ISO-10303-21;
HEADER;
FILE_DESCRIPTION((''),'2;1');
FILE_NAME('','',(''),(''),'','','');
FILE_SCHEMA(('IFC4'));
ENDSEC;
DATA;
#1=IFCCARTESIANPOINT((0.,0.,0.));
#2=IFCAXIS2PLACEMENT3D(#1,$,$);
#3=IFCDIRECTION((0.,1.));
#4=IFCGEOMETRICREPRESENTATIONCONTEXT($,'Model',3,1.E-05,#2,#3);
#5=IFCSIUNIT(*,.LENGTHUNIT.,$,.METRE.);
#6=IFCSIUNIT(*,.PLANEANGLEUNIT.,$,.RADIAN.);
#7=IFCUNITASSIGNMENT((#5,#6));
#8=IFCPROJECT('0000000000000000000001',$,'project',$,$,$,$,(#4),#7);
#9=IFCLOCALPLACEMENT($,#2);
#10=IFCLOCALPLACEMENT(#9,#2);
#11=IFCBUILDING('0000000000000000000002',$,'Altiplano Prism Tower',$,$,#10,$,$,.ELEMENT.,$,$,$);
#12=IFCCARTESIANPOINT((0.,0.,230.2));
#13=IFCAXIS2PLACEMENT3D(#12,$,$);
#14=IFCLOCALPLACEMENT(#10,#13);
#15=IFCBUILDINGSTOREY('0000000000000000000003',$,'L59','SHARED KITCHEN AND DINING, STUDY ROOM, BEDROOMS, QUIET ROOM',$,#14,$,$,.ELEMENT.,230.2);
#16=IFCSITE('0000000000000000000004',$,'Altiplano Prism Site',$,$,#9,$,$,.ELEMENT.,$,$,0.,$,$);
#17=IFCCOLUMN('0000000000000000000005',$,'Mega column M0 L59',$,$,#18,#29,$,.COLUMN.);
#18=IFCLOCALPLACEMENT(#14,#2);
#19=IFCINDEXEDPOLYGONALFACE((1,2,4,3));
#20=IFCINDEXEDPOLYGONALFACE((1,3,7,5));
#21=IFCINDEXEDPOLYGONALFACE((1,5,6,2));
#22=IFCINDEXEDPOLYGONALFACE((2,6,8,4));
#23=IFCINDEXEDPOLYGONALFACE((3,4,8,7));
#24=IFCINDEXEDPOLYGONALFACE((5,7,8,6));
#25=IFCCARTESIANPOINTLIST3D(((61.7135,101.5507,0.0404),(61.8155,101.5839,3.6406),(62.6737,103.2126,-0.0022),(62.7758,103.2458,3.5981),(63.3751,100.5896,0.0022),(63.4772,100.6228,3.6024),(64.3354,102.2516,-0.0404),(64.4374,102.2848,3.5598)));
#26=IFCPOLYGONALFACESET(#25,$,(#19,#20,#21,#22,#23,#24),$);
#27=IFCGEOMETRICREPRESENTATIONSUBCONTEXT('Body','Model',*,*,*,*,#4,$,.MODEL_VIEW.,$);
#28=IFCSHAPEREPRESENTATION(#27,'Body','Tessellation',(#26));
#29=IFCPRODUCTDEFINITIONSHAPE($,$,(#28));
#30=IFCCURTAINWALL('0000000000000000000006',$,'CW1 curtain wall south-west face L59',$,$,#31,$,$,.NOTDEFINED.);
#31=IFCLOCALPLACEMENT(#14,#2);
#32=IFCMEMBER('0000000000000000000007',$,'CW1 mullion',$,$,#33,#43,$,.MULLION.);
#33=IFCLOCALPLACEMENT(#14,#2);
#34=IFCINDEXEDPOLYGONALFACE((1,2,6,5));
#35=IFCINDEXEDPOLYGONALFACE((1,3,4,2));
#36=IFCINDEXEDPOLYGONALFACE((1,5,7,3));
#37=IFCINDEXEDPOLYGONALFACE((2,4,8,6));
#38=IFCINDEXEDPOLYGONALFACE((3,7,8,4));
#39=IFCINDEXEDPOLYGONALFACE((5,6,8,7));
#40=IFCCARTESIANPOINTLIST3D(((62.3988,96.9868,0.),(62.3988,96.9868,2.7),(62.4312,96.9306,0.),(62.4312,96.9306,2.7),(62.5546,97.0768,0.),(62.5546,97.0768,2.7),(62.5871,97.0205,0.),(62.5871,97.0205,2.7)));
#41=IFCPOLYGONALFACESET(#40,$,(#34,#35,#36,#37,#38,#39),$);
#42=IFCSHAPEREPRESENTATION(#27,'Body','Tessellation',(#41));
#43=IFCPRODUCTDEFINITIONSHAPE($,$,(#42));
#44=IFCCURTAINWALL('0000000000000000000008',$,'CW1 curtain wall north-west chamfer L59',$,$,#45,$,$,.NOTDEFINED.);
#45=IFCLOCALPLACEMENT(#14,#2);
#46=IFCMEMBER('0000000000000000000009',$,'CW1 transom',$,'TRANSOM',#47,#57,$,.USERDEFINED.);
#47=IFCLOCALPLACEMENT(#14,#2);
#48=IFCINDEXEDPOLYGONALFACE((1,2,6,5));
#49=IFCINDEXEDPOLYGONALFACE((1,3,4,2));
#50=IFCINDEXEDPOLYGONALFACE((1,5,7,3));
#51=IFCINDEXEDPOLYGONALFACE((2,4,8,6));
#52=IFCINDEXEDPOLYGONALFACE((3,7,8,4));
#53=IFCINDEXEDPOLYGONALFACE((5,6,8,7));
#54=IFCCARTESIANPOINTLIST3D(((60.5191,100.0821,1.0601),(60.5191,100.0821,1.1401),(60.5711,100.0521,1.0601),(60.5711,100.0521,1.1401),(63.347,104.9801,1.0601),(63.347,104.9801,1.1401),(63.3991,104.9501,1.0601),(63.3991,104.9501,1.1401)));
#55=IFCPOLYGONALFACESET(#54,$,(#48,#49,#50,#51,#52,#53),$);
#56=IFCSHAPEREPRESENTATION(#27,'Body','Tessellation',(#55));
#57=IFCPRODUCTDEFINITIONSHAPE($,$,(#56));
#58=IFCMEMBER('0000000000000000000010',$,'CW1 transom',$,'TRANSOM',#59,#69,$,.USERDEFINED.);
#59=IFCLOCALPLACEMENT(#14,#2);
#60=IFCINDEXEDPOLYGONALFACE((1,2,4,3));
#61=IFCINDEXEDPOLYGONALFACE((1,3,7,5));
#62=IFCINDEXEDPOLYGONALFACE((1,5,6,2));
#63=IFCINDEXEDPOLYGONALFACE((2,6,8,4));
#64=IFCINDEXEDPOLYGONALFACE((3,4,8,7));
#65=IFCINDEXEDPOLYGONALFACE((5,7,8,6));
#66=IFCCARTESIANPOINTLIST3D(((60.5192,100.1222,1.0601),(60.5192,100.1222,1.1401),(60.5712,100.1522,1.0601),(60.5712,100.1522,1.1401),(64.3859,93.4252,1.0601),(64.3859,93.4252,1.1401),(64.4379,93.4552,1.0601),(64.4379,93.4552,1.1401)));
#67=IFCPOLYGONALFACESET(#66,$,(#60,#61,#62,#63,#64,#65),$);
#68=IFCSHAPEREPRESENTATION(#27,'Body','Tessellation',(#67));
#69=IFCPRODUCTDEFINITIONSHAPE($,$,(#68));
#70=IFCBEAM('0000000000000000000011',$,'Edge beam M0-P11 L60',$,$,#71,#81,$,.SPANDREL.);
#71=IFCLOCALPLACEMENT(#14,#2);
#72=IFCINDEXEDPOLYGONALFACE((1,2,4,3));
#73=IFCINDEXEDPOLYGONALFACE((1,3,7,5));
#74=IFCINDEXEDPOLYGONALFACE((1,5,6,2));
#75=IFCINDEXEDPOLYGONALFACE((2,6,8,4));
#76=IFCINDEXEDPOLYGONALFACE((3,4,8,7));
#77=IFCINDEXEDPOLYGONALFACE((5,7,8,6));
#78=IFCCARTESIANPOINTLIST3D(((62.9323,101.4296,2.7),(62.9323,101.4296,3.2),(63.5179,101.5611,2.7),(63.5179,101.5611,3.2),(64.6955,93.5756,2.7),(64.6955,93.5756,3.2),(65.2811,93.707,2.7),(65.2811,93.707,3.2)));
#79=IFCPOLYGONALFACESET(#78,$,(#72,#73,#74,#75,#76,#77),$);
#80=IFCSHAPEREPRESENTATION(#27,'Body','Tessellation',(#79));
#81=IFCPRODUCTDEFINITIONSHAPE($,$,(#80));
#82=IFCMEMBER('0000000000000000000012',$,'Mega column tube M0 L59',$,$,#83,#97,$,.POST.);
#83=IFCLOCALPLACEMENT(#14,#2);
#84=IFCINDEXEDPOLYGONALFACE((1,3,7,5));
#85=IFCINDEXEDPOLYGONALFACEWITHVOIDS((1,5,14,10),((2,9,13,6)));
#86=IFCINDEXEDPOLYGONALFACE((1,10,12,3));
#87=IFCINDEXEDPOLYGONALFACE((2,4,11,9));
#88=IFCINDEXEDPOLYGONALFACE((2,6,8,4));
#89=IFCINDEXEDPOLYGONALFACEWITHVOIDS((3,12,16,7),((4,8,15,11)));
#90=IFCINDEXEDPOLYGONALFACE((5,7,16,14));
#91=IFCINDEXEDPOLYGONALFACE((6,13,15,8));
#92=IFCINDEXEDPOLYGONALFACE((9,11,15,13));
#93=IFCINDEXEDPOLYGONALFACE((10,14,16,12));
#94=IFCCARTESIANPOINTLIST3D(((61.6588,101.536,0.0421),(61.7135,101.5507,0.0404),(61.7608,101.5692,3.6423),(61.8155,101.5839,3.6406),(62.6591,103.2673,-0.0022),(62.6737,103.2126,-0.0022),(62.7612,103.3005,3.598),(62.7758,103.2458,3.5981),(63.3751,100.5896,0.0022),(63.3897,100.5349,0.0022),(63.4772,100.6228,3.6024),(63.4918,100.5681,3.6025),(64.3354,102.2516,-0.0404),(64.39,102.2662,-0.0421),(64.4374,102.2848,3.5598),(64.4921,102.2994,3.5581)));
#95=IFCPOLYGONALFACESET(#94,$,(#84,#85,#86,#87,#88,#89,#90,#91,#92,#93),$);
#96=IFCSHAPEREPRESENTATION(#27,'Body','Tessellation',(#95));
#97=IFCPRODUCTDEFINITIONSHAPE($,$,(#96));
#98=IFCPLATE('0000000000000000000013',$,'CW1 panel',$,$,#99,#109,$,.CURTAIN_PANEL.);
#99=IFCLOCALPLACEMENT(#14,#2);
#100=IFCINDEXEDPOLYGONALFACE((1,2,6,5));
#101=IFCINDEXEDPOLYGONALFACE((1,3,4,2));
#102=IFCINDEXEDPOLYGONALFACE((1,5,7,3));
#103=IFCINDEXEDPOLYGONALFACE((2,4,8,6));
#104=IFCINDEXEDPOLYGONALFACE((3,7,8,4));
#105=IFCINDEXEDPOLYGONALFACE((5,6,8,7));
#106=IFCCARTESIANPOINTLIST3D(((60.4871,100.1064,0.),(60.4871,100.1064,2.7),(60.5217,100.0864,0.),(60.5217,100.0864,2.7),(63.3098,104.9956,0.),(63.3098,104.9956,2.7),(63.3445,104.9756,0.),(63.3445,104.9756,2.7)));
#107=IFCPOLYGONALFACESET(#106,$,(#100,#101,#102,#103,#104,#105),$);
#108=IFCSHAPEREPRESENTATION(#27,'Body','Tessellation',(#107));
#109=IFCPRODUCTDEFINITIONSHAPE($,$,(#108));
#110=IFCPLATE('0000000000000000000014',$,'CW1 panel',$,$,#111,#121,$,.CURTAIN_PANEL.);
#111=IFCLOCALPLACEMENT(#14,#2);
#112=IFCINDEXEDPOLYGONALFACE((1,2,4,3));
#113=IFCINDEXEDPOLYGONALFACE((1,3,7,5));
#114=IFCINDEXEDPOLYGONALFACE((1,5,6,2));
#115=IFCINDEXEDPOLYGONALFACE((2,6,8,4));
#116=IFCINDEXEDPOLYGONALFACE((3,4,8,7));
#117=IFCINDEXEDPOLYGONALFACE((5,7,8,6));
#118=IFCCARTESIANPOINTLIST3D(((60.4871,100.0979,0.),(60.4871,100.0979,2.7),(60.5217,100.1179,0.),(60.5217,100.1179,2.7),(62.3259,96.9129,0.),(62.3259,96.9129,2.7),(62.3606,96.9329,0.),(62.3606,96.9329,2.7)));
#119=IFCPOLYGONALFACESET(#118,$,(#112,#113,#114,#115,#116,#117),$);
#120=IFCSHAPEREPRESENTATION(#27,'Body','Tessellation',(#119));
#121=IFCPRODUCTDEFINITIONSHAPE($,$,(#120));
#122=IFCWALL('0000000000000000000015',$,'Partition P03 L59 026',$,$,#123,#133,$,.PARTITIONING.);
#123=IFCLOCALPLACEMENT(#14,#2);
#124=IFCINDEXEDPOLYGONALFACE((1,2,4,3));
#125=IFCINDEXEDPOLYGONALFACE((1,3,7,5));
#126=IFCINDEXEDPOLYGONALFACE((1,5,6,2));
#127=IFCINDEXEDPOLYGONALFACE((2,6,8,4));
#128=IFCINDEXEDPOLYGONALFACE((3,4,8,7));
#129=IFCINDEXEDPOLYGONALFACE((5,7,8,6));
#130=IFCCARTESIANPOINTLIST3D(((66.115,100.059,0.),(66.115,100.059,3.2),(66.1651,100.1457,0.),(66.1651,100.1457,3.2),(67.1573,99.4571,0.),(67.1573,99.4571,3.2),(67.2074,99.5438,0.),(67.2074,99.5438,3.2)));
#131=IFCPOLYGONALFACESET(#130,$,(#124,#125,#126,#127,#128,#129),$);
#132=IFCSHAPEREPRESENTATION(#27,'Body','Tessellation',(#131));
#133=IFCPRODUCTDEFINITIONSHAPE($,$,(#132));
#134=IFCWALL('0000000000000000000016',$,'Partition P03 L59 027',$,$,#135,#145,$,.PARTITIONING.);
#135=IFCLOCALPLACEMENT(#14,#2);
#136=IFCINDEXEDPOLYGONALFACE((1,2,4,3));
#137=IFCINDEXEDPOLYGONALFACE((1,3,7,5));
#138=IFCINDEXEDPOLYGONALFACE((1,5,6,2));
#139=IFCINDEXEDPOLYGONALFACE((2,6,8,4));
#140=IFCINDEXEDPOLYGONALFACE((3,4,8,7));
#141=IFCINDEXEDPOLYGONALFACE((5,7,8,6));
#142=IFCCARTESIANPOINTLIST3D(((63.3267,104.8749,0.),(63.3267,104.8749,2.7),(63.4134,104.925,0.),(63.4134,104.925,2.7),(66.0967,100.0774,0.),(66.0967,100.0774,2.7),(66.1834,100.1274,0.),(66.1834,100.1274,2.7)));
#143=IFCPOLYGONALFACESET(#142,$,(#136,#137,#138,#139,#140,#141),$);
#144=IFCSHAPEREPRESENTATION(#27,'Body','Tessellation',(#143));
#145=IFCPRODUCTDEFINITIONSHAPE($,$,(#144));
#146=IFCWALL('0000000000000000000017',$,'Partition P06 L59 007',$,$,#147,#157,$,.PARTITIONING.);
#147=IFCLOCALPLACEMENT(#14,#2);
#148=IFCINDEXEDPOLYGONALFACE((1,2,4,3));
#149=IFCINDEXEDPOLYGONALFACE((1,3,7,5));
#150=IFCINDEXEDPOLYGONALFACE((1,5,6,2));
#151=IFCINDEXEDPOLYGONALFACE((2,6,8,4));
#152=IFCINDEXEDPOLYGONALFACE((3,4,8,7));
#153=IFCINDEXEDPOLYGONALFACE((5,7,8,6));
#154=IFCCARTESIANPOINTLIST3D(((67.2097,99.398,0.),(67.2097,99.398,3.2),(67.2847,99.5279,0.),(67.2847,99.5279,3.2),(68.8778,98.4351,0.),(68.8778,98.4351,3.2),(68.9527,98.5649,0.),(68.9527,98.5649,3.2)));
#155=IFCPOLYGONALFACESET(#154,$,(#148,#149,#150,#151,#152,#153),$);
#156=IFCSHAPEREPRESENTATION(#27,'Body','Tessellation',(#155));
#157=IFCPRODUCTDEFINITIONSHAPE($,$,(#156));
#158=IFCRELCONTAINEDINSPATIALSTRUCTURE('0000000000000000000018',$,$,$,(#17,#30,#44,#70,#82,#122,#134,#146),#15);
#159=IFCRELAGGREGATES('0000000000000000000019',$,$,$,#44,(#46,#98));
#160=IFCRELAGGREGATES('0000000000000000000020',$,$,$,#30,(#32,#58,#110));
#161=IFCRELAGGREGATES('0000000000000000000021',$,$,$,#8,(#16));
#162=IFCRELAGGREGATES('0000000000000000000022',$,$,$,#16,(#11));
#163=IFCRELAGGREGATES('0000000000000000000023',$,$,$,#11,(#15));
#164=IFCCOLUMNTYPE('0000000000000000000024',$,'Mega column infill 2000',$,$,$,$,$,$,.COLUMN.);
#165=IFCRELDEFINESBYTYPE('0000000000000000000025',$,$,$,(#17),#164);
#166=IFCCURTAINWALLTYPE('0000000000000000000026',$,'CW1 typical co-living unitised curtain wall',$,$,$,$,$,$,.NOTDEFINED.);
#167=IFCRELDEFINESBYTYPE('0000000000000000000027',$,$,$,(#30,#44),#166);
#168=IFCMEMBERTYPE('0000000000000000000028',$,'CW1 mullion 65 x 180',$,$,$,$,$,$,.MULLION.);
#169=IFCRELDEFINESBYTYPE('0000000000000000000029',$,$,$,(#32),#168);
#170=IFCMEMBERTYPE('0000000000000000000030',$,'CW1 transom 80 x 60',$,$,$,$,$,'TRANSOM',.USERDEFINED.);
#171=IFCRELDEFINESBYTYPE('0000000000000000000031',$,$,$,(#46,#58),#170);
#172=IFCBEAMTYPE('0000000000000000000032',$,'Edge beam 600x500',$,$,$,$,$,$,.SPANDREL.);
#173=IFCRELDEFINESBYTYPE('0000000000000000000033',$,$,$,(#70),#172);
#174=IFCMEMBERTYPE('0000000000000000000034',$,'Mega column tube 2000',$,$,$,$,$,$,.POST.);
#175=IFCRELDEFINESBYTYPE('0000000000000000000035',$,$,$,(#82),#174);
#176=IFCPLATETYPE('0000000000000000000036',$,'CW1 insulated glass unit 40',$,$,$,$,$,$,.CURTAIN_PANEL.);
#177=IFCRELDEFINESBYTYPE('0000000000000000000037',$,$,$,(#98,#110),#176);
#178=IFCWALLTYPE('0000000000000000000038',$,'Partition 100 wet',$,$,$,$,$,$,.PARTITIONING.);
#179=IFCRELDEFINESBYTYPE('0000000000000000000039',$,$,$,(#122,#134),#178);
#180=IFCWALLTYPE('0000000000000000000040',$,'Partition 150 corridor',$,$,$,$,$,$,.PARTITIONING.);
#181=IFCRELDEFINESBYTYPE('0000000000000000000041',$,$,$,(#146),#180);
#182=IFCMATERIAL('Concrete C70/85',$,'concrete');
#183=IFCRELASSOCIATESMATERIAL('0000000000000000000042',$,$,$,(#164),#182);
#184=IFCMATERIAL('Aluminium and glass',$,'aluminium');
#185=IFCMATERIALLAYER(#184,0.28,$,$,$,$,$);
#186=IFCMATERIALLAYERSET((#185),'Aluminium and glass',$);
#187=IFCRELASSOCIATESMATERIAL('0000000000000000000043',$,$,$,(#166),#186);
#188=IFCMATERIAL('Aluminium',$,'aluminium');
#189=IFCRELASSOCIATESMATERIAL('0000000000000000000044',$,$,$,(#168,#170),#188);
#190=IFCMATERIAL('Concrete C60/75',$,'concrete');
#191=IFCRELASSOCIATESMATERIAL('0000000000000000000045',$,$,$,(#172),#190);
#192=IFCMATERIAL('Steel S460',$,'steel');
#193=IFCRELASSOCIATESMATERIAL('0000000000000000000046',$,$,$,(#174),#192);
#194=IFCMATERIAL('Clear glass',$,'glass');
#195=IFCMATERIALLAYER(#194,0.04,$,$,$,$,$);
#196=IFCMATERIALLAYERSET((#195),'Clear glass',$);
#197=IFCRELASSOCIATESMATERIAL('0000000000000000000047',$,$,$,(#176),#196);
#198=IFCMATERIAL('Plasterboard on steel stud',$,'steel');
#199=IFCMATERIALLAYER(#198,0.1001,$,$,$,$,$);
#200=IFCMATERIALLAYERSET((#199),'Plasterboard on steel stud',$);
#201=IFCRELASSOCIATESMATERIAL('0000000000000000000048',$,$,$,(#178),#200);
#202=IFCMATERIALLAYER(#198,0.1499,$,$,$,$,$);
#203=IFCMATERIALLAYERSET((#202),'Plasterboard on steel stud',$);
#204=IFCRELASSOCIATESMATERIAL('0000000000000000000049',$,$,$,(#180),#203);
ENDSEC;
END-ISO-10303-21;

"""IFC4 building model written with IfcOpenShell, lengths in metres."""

from ifc_helpers import new_model, si_unit, direction, frame, frame_2d, origin, origin_2d, place, context, subcontext, project, spatial, rectangle, hollow_rectangle, extrude, material, layer, layer_set, material_profile, profile_set, type_object, element, aggregate, save


model = new_model("IFC4")

# Units and contexts
model_context = context("Model", 3, precision=1e-05, world=origin(), true_north=direction((0.0, 1.0)))
body_context = subcontext(model_context, "Body", "Model", "MODEL_VIEW")
ifc_project = project(units=[si_unit("LENGTHUNIT", "METRE"), si_unit("PLANEANGLEUNIT", "RADIAN")], contexts=[model_context])

# Site, building, storey
site_placement = place(None, origin())
site = spatial("IfcSite", under=ifc_project, at=site_placement, Name="Altiplano Prism Site", CompositionType="ELEMENT", RefElevation=0.0)
building_placement = place(site_placement, origin())
building = spatial("IfcBuilding", under=site, at=building_placement, Name="Altiplano Prism Tower", CompositionType="ELEMENT")
storey_placement = place(building_placement, frame((0.0, 0.0, 230.2)))
storey = spatial("IfcBuildingStorey", under=building, at=storey_placement, Name="L59", Description="SHARED KITCHEN AND DINING, STUDY ROOM, BEDROOMS, QUIET ROOM", CompositionType="ELEMENT", Elevation=230.2)

# Column
ifc_material_1 = material(Name="Concrete C70/85", Category="concrete")
ifc_material_profile_1 = material_profile(ifc_material_1, rectangle(XDim=1.9199, YDim=1.9199, at=origin_2d()), Name="Mega column infill 2000")
ifc_profile_set_1 = profile_set([ifc_material_profile_1], Name="Concrete C70/85")
column_type = type_object("IfcColumnType", Name="Mega column infill 2000", PredefinedType="COLUMN", material=ifc_profile_set_1)
column_placement = place(storey_placement, frame((63.0244, 101.9011, 0.0), z_axis=(0.028334, 0.009219, 0.999556), x_axis=(-0.865472, 0.500562, 0.019917)))
element("IfcColumn", 1, at=column_placement, inside=storey, type_object=column_type, Name="Mega column M0 L59", PredefinedType="COLUMN", context=body_context, shape_type="SweptSolid", body=[
    extrude(rectangle(XDim=1.9199, YDim=1.9199, at=origin_2d()), origin(), (0.0, 0.0, 1.0), 3.6018),
])

# Curtain walls, members
ifc_material_2 = material(Name="Aluminium and glass", Category="aluminium")
ifc_layer_1 = layer(ifc_material_2, 0.28)
ifc_layer_set_1 = layer_set([ifc_layer_1], Name="Aluminium and glass")
curtain_wall_type = type_object("IfcCurtainWallType", Name="CW1 typical co-living unitised curtain wall", PredefinedType="NOTDEFINED", material=ifc_layer_set_1)
curtain_wall_1_placement = place(storey_placement, origin())
curtain_wall_1 = element("IfcCurtainWall", 2, at=curtain_wall_1_placement, inside=storey, type_object=curtain_wall_type, Name="CW1 curtain wall south-west face L59", PredefinedType="NOTDEFINED")
ifc_material_3 = material(Name="Aluminium", Category="aluminium")
ifc_material_profile_2 = material_profile(ifc_material_3, rectangle(XDim=0.1799, YDim=0.0649, at=origin_2d()), Name="CW1 mullion 65 x 180")
ifc_profile_set_2 = profile_set([ifc_material_profile_2], Name="Aluminium")
member_type_1 = type_object("IfcMemberType", Name="CW1 mullion 65 x 180", PredefinedType="MULLION", material=ifc_profile_set_2)
member_1_placement = place(storey_placement, frame((62.4929, 97.0037, 0.0), z_axis=(0.0, 0.0, 1.0), x_axis=(0.866025, 0.5, 0.0)))
member_1 = element("IfcMember", 3, at=member_1_placement, type_object=member_type_1, Name="CW1 mullion", PredefinedType="MULLION", context=body_context, shape_type="SweptSolid", body=[
    extrude(rectangle(XDim=0.1799, YDim=0.0649, at=origin_2d()), origin(), (0.0, 0.0, 1.0), 2.7),
])
curtain_wall_2_placement = place(storey_placement, origin())
curtain_wall_2 = element("IfcCurtainWall", 4, at=curtain_wall_2_placement, inside=storey, type_object=curtain_wall_type, Name="CW1 curtain wall north-west chamfer L59", PredefinedType="NOTDEFINED")
ifc_material_profile_3 = material_profile(ifc_material_3, rectangle(XDim=0.0601, YDim=0.0801, at=origin_2d()), Name="CW1 transom 80 x 60")
ifc_profile_set_3 = profile_set([ifc_material_profile_3], Name="Aluminium")
member_type_2 = type_object("IfcMemberType", Name="CW1 transom 80 x 60", ElementType="TRANSOM", PredefinedType="USERDEFINED", material=ifc_profile_set_3)
member_2_placement = place(storey_placement, frame((63.373, 104.9651, 1.1001), z_axis=(-0.500006, -0.866022, 0.0), x_axis=(0.866022, -0.500006, 0.0)))
member_2 = element("IfcMember", 5, at=member_2_placement, type_object=member_type_2, Name="CW1 transom", ObjectType="TRANSOM", PredefinedType="USERDEFINED", context=body_context, shape_type="SweptSolid", body=[
    extrude(rectangle(XDim=0.0601, YDim=0.0801, at=origin_2d()), origin(), (0.0, 0.0, 1.0), 5.6558),
])

# Member
member_3_placement = place(storey_placement, frame((60.5452, 100.1372, 1.1001), z_axis=(0.500017, -0.866016, 0.0), x_axis=(0.866016, 0.500017, 0.0)))
member_3 = element("IfcMember", 6, at=member_3_placement, type_object=member_type_2, Name="CW1 transom", ObjectType="TRANSOM", PredefinedType="USERDEFINED", context=body_context, shape_type="SweptSolid", body=[
    extrude(rectangle(XDim=0.0601, YDim=0.0801, at=origin_2d()), origin(), (0.0, 0.0, 1.0), 7.7332),
])

# Beam
ifc_material_4 = material(Name="Concrete C60/75", Category="concrete")
ifc_material_profile_4 = material_profile(ifc_material_4, rectangle(XDim=0.6001, YDim=0.5, at=origin_2d()), Name="Edge beam 600x500")
ifc_profile_set_4 = profile_set([ifc_material_profile_4], Name="Concrete C60/75")
beam_type = type_object("IfcBeamType", Name="Edge beam 600x500", PredefinedType="SPANDREL", material=ifc_profile_set_4)
beam_placement = place(storey_placement, frame((63.2251, 101.4954, 2.95), z_axis=(0.219043, -0.975715, 0.0), x_axis=(0.975715, 0.219043, 0.0)))
element("IfcBeam", 7, at=beam_placement, inside=storey, type_object=beam_type, Name="Edge beam M0-P11 L60", PredefinedType="SPANDREL", context=body_context, shape_type="SweptSolid", body=[
    extrude(rectangle(XDim=0.6001, YDim=0.5, at=origin_2d()), origin(), (0.0, 0.0, 1.0), 8.0496),
])

# Member
ifc_material_5 = material(Name="Steel S460", Category="steel")
ifc_material_profile_5 = material_profile(ifc_material_5, hollow_rectangle(XDim=2.0, YDim=2.0, WallThickness=0.04, at=origin_2d()), Name="Mega column tube 2000")
ifc_profile_set_5 = profile_set([ifc_material_profile_5], Name="Steel S460")
member_type_3 = type_object("IfcMemberType", Name="Mega column tube 2000", PredefinedType="POST", material=ifc_profile_set_5)
member_4_placement = place(storey_placement, frame((63.0244, 101.9011, 0.0), z_axis=(0.028334, 0.009219, 0.999556), x_axis=(-0.865472, 0.500562, 0.019917)))
element("IfcMember", 8, at=member_4_placement, inside=storey, type_object=member_type_3, Name="Mega column tube M0 L59", PredefinedType="POST", context=body_context, shape_type="SweptSolid", body=[
    extrude(hollow_rectangle(XDim=2.0, YDim=2.0, WallThickness=0.04, at=origin_2d()), origin(), (0.0, 0.0, 1.0), 3.6018),
])

# Plates
ifc_material_6 = material(Name="Clear glass", Category="glass")
ifc_layer_2 = layer(ifc_material_6, 0.04)
ifc_layer_set_2 = layer_set([ifc_layer_2], Name="Clear glass")
plate_type = type_object("IfcPlateType", Name="CW1 insulated glass unit 40", PredefinedType="CURTAIN_PANEL", material=ifc_layer_set_2)
plate_1_placement = place(storey_placement, frame((61.9158, 102.541, 0.0), z_axis=(0.0, 0.0, 1.0), x_axis=(-0.5, -0.866025, 0.0)))
plate_1 = element("IfcPlate", 9, at=plate_1_placement, type_object=plate_type, Name="CW1 panel", PredefinedType="CURTAIN_PANEL", context=body_context, shape_type="SweptSolid", body=[
    extrude(rectangle(XDim=5.6455, YDim=0.04, at=origin_2d()), origin(), (0.0, 0.0, 1.0), 2.7),
])
aggregate(curtain_wall_2, [member_2, plate_1])
plate_2_placement = place(storey_placement, frame((61.4238, 98.5154, 0.0), z_axis=(0.0, 0.0, 1.0), x_axis=(0.5, -0.866025, 0.0)))
plate_2 = element("IfcPlate", 10, at=plate_2_placement, type_object=plate_type, Name="CW1 panel", PredefinedType="CURTAIN_PANEL", context=body_context, shape_type="SweptSolid", body=[
    extrude(rectangle(XDim=3.6777, YDim=0.04, at=origin_2d()), origin(), (0.0, 0.0, 1.0), 2.7),
])
aggregate(curtain_wall_1, [member_1, member_3, plate_2])

# Walls
ifc_material_7 = material(Name="Plasterboard on steel stud", Category="steel")
ifc_layer_3 = layer(ifc_material_7, 0.1001)
ifc_layer_set_3 = layer_set([ifc_layer_3], Name="Plasterboard on steel stud")
wall_type_1 = type_object("IfcWallType", Name="Partition 100 wet", PredefinedType="PARTITIONING", material=ifc_layer_set_3)
wall_1_placement = place(storey_placement, frame((67.1824, 99.5005, 0.0), z_axis=(0.0, 0.0, 1.0), x_axis=(-0.866, 0.500044, 0.0)))
element("IfcWall", 11, at=wall_1_placement, inside=storey, type_object=wall_type_1, Name="Partition P03 L59 026", PredefinedType="PARTITIONING", context=body_context, shape_type="SweptSolid", body=[
    extrude(rectangle(XDim=1.2036, YDim=0.1001, at=frame_2d((0.6018, 0.0))), origin(), (0.0, 0.0, 1.0), 3.2),
])
wall_2_placement = place(storey_placement, frame((66.1401, 100.1023, 0.0), z_axis=(0.0, 0.0, 1.0), x_axis=(-0.500016, 0.866016, 0.0)))
element("IfcWall", 12, at=wall_2_placement, inside=storey, type_object=wall_type_1, Name="Partition P03 L59 027", PredefinedType="PARTITIONING", context=body_context, shape_type="SweptSolid", body=[
    extrude(rectangle(XDim=5.5398, YDim=0.1001, at=frame_2d((2.77, 0.0))), origin(), (0.0, 0.0, 1.0), 2.7),
])
ifc_layer_4 = layer(ifc_material_7, 0.1499)
ifc_layer_set_4 = layer_set([ifc_layer_4], Name="Plasterboard on steel stud")
wall_type_2 = type_object("IfcWallType", Name="Partition 150 corridor", PredefinedType="PARTITIONING", material=ifc_layer_set_4)
wall_3_placement = place(storey_placement, frame((67.2473, 99.4629, 0.0), z_axis=(0.0, 0.0, 1.0), x_axis=(0.86605, -0.499957, 0.0)))
element("IfcWall", 13, at=wall_3_placement, inside=storey, type_object=wall_type_2, Name="Partition P06 L59 007", PredefinedType="PARTITIONING", context=body_context, shape_type="SweptSolid", body=[
    extrude(rectangle(XDim=1.926, YDim=0.1499, at=frame_2d((0.9629, 0.0))), origin(), (0.0, 0.0, 1.0), 3.2),
])

save(model, "model.ifc")
